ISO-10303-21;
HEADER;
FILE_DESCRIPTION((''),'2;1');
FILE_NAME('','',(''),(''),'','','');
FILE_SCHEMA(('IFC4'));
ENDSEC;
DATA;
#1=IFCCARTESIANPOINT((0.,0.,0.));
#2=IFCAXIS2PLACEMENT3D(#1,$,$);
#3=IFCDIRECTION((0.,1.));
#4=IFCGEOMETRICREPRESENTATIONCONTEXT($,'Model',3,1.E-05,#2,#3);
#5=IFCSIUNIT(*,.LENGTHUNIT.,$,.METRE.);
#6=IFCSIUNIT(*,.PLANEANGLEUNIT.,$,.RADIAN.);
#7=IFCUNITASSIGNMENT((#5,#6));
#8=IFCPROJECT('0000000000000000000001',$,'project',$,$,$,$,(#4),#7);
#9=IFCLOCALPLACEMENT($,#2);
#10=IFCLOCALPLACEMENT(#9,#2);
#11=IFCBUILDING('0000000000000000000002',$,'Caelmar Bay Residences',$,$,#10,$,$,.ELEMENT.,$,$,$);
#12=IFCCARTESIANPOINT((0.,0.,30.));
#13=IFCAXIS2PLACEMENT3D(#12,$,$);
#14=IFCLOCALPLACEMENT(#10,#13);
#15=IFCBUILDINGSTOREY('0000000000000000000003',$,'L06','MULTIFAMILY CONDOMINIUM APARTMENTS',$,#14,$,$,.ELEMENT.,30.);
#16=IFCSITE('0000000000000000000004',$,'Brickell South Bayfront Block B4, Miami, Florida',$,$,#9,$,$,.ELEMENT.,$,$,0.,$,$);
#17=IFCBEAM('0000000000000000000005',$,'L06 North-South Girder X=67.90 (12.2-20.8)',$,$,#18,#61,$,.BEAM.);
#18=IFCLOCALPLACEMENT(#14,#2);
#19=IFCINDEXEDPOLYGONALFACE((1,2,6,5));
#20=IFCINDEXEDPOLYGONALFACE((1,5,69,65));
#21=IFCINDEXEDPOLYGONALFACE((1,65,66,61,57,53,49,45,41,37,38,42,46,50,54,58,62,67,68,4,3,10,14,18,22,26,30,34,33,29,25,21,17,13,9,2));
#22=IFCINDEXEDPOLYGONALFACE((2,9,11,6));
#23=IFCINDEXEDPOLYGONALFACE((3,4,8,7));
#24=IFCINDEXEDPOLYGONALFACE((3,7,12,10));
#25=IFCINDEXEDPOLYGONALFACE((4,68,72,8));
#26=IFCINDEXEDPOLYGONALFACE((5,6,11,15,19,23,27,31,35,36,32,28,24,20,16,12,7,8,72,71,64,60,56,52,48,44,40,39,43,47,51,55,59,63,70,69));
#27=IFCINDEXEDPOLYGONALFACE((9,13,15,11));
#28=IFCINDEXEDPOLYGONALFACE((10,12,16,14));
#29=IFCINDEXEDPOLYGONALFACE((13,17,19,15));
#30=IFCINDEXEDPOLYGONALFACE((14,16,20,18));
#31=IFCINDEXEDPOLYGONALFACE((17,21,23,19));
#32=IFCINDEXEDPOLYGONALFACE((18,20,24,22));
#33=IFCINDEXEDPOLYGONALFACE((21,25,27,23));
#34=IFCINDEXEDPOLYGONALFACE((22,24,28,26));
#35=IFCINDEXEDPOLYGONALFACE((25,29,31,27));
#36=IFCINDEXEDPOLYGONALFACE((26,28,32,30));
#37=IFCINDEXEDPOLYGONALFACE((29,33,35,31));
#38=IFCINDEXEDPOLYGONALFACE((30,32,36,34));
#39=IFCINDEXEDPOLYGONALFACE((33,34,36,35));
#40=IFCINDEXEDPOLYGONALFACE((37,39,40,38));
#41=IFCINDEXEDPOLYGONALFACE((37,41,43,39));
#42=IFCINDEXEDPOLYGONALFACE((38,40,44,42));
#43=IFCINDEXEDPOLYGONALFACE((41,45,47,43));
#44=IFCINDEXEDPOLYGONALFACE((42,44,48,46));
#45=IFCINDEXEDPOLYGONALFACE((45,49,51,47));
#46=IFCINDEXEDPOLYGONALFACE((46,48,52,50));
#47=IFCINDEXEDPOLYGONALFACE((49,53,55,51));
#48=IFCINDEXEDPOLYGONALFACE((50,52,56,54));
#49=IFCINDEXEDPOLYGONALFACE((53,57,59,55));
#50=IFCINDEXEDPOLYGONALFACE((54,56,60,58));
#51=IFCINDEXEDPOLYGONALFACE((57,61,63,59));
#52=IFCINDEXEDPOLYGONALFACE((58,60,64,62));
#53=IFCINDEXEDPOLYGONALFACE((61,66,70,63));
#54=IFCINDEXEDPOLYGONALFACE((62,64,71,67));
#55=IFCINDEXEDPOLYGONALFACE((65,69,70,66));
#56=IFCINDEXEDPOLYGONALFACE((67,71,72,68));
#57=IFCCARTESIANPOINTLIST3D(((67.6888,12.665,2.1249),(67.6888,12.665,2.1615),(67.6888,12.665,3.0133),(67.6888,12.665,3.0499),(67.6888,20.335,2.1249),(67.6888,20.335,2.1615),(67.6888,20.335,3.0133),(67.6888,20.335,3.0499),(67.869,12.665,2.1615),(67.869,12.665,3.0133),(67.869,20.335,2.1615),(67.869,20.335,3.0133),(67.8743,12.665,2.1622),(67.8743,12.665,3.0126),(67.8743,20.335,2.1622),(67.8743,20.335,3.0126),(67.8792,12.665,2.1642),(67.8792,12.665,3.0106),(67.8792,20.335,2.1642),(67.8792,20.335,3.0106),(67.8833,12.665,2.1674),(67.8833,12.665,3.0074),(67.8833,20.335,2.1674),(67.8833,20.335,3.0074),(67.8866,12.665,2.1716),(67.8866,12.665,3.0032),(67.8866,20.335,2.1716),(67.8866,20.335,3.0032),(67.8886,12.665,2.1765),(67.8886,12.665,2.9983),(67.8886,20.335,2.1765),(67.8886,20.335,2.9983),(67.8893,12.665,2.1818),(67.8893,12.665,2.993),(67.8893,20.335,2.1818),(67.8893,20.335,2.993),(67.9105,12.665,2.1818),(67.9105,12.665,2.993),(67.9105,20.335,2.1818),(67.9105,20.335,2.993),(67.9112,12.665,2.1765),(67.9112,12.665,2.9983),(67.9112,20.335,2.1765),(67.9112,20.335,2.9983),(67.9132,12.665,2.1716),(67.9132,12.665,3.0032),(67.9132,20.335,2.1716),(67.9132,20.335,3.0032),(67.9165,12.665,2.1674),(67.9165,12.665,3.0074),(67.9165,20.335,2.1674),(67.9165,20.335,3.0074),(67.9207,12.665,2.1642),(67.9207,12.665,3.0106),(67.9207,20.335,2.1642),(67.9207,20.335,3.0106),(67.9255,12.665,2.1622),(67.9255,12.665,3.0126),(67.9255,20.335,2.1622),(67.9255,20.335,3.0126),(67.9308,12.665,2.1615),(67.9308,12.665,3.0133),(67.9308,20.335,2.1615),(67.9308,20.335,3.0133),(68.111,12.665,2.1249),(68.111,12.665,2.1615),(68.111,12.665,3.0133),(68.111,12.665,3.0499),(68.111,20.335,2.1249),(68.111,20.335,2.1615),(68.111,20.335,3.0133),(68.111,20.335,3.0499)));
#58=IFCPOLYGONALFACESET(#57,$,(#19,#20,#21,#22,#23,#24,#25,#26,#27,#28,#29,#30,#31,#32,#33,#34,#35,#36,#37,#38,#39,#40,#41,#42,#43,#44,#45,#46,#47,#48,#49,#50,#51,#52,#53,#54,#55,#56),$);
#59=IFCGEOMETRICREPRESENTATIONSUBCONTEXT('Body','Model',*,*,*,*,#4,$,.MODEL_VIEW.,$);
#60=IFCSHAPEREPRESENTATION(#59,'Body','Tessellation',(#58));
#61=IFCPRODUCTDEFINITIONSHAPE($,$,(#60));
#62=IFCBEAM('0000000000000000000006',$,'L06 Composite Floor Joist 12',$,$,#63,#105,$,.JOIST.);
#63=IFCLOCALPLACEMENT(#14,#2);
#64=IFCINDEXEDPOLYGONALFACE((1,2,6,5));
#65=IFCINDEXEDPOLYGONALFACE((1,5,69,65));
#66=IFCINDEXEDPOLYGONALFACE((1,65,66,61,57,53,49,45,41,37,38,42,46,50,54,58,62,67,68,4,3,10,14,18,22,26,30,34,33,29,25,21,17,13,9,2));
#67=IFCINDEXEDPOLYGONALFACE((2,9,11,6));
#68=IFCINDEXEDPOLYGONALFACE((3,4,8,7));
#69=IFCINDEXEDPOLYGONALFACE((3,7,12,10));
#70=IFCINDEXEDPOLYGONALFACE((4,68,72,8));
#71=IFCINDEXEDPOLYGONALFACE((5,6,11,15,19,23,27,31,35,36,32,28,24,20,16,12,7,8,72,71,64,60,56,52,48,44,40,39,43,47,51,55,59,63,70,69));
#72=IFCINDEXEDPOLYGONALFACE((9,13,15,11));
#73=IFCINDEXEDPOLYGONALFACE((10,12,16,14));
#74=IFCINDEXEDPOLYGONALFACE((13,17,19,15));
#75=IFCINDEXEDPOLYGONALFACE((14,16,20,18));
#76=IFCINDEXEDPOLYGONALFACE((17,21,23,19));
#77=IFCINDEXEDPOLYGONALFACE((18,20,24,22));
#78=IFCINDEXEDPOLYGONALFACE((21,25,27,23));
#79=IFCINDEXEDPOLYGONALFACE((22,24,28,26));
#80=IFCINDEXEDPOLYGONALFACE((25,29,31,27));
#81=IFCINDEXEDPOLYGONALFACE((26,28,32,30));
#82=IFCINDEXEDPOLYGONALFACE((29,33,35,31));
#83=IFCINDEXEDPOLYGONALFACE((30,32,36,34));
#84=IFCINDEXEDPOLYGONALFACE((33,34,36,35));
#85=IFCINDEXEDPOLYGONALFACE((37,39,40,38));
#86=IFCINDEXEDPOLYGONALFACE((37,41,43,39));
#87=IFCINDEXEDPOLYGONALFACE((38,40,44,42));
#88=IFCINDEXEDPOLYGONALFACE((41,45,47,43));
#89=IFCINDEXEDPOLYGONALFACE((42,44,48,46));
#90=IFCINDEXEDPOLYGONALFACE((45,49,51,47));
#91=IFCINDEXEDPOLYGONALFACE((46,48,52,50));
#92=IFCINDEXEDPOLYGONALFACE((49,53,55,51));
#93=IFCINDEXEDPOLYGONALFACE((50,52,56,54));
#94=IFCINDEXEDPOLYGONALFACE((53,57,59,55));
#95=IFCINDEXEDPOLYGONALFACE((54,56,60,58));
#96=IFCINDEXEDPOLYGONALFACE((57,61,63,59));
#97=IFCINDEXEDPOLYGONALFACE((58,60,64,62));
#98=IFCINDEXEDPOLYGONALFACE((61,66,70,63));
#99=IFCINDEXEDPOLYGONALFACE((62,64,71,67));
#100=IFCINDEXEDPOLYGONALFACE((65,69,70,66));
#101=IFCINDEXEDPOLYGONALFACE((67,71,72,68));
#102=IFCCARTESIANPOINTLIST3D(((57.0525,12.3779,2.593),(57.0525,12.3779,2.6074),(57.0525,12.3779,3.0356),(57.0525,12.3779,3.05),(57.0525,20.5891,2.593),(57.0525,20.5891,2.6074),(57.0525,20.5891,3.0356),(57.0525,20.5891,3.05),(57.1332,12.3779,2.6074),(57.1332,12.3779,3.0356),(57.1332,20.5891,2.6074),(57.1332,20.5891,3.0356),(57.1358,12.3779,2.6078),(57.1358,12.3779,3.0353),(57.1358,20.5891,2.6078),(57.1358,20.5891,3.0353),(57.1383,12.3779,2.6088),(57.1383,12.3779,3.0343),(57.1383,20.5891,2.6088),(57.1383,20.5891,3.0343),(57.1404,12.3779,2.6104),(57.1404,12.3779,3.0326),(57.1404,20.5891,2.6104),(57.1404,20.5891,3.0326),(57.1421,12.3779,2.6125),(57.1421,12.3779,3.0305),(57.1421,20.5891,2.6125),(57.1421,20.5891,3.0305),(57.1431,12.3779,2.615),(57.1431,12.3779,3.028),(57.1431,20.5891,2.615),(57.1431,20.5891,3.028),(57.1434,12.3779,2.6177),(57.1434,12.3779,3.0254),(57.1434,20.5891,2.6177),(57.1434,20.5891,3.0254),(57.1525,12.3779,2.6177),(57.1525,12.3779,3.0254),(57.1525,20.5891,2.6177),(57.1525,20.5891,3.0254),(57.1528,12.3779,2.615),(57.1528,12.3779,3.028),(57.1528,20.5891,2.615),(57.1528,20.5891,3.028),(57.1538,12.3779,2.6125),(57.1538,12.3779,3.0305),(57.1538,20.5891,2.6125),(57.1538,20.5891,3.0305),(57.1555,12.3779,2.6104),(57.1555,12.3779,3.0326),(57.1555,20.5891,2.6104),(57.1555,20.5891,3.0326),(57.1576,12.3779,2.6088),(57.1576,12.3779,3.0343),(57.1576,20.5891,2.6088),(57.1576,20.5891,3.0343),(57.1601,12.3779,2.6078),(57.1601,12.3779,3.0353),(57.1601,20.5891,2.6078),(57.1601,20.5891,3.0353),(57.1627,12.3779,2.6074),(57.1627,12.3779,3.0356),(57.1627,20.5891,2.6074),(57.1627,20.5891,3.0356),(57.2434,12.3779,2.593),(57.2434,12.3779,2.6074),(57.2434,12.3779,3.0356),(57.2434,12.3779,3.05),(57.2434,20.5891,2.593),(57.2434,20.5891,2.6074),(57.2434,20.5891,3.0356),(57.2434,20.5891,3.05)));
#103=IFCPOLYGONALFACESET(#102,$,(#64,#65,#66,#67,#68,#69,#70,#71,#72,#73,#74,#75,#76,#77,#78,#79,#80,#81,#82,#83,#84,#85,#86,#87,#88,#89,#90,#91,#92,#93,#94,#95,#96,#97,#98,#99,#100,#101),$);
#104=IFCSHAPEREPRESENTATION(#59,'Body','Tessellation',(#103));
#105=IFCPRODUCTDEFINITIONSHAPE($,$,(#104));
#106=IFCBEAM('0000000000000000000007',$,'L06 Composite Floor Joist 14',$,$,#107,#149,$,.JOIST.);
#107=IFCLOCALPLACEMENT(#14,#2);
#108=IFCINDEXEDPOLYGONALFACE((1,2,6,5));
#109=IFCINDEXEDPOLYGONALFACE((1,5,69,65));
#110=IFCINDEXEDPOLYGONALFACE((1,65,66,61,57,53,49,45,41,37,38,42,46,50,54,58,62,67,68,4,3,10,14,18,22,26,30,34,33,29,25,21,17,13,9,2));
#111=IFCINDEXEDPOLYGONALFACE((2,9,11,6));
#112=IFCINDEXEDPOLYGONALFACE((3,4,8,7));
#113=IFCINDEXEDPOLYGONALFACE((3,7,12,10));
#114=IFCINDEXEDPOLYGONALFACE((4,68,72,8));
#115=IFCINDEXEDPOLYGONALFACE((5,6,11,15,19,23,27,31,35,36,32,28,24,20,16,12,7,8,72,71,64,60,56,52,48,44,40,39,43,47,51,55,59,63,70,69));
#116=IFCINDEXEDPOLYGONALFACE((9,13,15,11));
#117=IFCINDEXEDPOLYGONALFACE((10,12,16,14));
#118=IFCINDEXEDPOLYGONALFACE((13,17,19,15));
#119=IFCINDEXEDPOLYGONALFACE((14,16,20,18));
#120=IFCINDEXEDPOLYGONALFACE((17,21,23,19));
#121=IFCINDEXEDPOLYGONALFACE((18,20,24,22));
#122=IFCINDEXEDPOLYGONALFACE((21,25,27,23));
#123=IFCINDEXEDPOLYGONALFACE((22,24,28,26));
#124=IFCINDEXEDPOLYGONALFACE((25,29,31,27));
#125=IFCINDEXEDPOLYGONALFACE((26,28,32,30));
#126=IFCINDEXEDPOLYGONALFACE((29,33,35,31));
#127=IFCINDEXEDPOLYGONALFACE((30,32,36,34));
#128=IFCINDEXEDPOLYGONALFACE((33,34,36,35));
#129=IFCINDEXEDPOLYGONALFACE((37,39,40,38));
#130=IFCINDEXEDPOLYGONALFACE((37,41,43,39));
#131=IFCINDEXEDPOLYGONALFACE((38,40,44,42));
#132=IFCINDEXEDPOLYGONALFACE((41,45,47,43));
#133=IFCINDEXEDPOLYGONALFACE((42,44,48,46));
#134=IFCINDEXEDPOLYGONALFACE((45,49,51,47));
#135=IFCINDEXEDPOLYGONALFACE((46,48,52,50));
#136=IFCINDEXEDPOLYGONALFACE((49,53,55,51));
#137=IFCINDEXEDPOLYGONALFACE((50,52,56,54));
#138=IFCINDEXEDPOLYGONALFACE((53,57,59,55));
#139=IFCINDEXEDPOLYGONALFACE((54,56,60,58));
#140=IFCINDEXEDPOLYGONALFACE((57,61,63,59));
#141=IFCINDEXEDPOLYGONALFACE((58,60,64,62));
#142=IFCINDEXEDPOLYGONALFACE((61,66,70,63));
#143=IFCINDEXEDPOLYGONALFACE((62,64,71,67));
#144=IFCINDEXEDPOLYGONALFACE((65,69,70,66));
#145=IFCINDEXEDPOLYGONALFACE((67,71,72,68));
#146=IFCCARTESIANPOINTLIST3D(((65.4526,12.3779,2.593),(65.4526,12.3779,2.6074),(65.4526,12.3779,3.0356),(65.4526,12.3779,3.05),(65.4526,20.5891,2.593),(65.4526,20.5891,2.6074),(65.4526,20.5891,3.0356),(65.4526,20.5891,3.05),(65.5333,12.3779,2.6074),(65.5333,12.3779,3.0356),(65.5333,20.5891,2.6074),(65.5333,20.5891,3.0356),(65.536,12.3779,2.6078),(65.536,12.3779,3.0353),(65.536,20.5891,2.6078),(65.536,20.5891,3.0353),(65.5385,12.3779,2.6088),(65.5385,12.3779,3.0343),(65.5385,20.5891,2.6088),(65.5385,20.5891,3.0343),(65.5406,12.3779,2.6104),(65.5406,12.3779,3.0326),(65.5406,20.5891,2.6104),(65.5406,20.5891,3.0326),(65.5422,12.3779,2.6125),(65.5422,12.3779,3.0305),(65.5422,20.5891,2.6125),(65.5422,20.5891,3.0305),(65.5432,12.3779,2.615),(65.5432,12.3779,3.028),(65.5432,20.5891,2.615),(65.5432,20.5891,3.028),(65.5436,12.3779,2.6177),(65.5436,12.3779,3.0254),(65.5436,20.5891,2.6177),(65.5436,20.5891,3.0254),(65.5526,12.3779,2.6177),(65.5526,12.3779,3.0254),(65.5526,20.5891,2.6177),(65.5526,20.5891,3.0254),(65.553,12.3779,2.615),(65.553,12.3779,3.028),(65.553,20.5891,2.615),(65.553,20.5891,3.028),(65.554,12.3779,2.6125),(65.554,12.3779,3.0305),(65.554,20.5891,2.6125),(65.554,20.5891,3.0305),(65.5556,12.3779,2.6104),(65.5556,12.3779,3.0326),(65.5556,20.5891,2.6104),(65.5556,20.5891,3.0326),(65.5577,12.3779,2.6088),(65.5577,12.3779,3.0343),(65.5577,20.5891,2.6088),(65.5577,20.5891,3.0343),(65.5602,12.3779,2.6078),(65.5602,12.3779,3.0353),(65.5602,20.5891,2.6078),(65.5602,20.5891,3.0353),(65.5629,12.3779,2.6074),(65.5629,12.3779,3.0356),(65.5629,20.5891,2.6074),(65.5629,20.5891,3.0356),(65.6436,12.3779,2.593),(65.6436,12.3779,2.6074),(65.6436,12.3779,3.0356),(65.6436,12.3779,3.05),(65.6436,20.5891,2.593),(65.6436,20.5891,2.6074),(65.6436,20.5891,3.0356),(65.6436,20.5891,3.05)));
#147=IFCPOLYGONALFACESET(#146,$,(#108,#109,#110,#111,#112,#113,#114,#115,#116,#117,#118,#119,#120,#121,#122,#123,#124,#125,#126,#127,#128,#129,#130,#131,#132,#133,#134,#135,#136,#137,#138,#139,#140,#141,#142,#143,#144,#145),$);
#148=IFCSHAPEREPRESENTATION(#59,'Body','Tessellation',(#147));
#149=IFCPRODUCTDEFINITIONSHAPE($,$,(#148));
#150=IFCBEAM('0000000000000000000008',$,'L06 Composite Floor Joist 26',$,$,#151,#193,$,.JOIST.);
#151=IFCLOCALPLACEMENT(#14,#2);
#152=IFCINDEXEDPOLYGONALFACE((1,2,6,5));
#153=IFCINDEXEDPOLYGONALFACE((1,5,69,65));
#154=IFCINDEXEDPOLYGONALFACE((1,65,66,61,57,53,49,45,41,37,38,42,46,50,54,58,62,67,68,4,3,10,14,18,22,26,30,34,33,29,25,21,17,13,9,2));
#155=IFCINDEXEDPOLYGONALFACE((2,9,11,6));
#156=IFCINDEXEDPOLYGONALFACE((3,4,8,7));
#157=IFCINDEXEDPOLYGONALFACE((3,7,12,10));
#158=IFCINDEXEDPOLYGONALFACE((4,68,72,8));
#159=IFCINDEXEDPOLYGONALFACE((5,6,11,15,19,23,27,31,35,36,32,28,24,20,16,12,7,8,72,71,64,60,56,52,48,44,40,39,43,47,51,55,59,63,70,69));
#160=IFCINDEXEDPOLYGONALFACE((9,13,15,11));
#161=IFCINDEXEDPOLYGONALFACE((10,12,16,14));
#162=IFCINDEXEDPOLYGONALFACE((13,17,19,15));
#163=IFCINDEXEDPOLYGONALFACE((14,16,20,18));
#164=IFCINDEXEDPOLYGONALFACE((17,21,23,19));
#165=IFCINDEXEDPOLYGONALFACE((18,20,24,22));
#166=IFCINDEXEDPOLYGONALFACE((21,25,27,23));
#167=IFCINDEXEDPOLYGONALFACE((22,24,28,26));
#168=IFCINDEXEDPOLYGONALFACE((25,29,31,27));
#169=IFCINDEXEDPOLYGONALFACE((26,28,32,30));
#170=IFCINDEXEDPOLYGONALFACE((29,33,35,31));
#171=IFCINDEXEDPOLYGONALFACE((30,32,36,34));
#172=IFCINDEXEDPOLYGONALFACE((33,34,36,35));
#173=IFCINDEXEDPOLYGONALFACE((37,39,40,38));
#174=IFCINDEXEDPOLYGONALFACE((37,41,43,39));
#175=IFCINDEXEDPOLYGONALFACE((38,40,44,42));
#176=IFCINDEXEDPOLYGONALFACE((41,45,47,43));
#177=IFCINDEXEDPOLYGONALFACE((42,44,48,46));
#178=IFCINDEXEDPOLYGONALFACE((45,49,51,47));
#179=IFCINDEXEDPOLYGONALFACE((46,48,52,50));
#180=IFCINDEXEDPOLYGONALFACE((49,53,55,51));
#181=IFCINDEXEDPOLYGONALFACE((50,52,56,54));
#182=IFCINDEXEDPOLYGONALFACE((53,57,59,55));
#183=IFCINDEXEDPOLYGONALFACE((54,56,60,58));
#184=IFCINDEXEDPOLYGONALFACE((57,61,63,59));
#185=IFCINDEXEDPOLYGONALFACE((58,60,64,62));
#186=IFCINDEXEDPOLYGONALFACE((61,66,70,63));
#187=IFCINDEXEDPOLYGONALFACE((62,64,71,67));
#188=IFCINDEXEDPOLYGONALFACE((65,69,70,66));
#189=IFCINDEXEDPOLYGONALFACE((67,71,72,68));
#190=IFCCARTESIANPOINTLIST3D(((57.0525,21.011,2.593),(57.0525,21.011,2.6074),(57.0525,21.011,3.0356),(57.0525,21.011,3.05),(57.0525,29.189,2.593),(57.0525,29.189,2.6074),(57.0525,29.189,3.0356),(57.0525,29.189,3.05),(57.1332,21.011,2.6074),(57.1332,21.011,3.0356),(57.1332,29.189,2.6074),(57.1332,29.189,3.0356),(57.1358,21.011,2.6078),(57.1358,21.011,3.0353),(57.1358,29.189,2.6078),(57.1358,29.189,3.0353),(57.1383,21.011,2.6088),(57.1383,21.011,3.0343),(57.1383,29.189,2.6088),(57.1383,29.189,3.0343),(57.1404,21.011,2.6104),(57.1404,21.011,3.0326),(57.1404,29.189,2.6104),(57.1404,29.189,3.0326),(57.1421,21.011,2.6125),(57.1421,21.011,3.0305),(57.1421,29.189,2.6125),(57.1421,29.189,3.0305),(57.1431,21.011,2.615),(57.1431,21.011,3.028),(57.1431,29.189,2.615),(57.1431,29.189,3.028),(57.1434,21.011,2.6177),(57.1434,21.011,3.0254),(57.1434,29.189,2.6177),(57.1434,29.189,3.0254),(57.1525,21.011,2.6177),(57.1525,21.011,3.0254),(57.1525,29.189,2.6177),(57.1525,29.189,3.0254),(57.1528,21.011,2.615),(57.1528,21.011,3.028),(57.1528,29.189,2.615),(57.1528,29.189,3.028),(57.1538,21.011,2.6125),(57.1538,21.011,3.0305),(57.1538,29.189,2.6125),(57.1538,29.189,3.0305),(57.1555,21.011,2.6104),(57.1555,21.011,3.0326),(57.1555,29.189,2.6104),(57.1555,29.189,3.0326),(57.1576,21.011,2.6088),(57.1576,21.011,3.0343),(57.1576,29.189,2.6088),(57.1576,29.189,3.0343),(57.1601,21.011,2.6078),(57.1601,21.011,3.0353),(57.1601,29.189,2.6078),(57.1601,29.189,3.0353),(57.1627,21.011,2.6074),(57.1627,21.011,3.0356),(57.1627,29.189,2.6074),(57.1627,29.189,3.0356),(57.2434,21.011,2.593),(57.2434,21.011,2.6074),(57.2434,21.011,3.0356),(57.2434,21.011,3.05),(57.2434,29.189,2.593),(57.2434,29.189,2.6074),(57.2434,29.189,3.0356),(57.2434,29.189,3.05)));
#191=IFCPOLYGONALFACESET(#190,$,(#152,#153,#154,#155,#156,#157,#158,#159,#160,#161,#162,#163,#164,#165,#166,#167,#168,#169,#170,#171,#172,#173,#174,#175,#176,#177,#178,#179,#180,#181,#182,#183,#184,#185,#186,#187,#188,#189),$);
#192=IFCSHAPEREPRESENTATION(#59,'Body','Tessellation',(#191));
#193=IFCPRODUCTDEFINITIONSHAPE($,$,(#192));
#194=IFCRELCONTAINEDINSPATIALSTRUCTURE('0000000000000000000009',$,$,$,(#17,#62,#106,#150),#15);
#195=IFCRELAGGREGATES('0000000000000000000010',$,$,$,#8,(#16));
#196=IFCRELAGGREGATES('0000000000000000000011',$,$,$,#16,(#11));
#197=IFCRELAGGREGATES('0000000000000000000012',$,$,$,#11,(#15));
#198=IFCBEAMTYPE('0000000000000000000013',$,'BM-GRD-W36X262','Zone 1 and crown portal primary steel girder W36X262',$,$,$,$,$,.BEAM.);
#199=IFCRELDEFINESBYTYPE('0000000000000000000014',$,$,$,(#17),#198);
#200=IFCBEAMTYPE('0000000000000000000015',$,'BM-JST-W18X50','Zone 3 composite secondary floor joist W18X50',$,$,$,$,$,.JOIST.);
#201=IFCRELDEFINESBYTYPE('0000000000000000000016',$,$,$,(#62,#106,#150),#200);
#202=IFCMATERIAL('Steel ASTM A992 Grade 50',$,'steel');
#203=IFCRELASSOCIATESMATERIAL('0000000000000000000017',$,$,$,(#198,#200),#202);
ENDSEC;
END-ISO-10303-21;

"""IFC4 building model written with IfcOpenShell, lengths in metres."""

from ifc_helpers import new_model, si_unit, direction, frame, origin, origin_2d, place, context, subcontext, project, spatial, i_section, extrude, material, material_profile, profile_set, type_object, element, save


model = new_model("IFC4")

# Units and contexts
model_context = context("Model", 3, precision=1e-05, world=origin(), true_north=direction((0.0, 1.0)))
body_context = subcontext(model_context, "Body", "Model", "MODEL_VIEW")
ifc_project = project(units=[si_unit("LENGTHUNIT", "METRE"), si_unit("PLANEANGLEUNIT", "RADIAN")], contexts=[model_context])

# Site, building, storey
site_placement = place(None, origin())
site = spatial("IfcSite", under=ifc_project, at=site_placement, Name="Brickell South Bayfront Block B4, Miami, Florida", CompositionType="ELEMENT", RefElevation=0.0)
building_placement = place(site_placement, origin())
building = spatial("IfcBuilding", under=site, at=building_placement, Name="Caelmar Bay Residences", CompositionType="ELEMENT")
storey_placement = place(building_placement, frame((0.0, 0.0, 30.0)))
storey = spatial("IfcBuildingStorey", under=building, at=storey_placement, Name="L06", Description="MULTIFAMILY CONDOMINIUM APARTMENTS", CompositionType="ELEMENT", Elevation=30.0)

# Beams
ifc_material_1 = material(Name="Steel ASTM A992 Grade 50", Category="steel")
ifc_material_profile_1 = material_profile(ifc_material_1, i_section(OverallWidth=0.4221, OverallDepth=0.925, WebThickness=0.0212, FlangeThickness=0.0366, FilletRadius=0.0203, at=origin_2d()), Name="W36X262")
ifc_profile_set_1 = profile_set([ifc_material_profile_1], Name="Steel ASTM A992 Grade 50")
beam_type_1 = type_object("IfcBeamType", Name="BM-GRD-W36X262", Description="Zone 1 and crown portal primary steel girder W36X262", PredefinedType="BEAM", material=ifc_profile_set_1)
beam_1_placement = place(storey_placement, frame((67.8999, 12.665, 2.5874), z_axis=(0.0, 1.0, 0.0), x_axis=(-1.0, 0.0, 0.0)))
element("IfcBeam", 1, at=beam_1_placement, inside=storey, type_object=beam_type_1, Name="L06 North-South Girder X=67.90 (12.2-20.8)", PredefinedType="BEAM", context=body_context, shape_type="SweptSolid", body=[
    extrude(i_section(OverallWidth=0.4221, OverallDepth=0.925, WebThickness=0.0212, FlangeThickness=0.0366, FilletRadius=0.0203, at=origin_2d()), origin(), (0.0, 0.0, 1.0), 7.6699),
])
ifc_material_profile_2 = material_profile(ifc_material_1, i_section(OverallWidth=0.1909, OverallDepth=0.457, WebThickness=0.009, FlangeThickness=0.0144, FilletRadius=0.0103, at=origin_2d()), Name="W18X50")
ifc_profile_set_2 = profile_set([ifc_material_profile_2], Name="Steel ASTM A992 Grade 50")
beam_type_2 = type_object("IfcBeamType", Name="BM-JST-W18X50", Description="Zone 3 composite secondary floor joist W18X50", PredefinedType="JOIST", material=ifc_profile_set_2)
for number, where, z_axis, x_axis, name in (
    (2, (57.1479, 12.3779, 2.8215), (0.0, 1.0, 0.0), (-1.0, 0.0, 0.0), "L06 Composite Floor Joist 12"),
    (3, (65.5481, 12.3779, 2.8215), (0.0, 1.0, 0.0), (-1.0, 0.0, 0.0), "L06 Composite Floor Joist 14"),
):
    element("IfcBeam", number, at=place(storey_placement, frame(where, z_axis=z_axis, x_axis=x_axis)), inside=storey, type_object=beam_type_2, Name=name, PredefinedType="JOIST", context=body_context, shape_type="SweptSolid", body=[
        extrude(i_section(OverallWidth=0.1909, OverallDepth=0.457, WebThickness=0.009, FlangeThickness=0.0144, FilletRadius=0.0103, at=origin_2d()), origin(), (0.0, 0.0, 1.0), 8.2112),
    ])
for number, where, z_axis, x_axis, name in (
    (4, (57.1479, 21.011, 2.8215), (0.0, 1.0, 0.0), (-1.0, 0.0, 0.0), "L06 Composite Floor Joist 26"),
):
    element("IfcBeam", number, at=place(storey_placement, frame(where, z_axis=z_axis, x_axis=x_axis)), inside=storey, type_object=beam_type_2, Name=name, PredefinedType="JOIST", context=body_context, shape_type="SweptSolid", body=[
        extrude(i_section(OverallWidth=0.1909, OverallDepth=0.457, WebThickness=0.009, FlangeThickness=0.0144, FilletRadius=0.0103, at=origin_2d()), origin(), (0.0, 0.0, 1.0), 8.178),
    ])

save(model, "model.ifc")
